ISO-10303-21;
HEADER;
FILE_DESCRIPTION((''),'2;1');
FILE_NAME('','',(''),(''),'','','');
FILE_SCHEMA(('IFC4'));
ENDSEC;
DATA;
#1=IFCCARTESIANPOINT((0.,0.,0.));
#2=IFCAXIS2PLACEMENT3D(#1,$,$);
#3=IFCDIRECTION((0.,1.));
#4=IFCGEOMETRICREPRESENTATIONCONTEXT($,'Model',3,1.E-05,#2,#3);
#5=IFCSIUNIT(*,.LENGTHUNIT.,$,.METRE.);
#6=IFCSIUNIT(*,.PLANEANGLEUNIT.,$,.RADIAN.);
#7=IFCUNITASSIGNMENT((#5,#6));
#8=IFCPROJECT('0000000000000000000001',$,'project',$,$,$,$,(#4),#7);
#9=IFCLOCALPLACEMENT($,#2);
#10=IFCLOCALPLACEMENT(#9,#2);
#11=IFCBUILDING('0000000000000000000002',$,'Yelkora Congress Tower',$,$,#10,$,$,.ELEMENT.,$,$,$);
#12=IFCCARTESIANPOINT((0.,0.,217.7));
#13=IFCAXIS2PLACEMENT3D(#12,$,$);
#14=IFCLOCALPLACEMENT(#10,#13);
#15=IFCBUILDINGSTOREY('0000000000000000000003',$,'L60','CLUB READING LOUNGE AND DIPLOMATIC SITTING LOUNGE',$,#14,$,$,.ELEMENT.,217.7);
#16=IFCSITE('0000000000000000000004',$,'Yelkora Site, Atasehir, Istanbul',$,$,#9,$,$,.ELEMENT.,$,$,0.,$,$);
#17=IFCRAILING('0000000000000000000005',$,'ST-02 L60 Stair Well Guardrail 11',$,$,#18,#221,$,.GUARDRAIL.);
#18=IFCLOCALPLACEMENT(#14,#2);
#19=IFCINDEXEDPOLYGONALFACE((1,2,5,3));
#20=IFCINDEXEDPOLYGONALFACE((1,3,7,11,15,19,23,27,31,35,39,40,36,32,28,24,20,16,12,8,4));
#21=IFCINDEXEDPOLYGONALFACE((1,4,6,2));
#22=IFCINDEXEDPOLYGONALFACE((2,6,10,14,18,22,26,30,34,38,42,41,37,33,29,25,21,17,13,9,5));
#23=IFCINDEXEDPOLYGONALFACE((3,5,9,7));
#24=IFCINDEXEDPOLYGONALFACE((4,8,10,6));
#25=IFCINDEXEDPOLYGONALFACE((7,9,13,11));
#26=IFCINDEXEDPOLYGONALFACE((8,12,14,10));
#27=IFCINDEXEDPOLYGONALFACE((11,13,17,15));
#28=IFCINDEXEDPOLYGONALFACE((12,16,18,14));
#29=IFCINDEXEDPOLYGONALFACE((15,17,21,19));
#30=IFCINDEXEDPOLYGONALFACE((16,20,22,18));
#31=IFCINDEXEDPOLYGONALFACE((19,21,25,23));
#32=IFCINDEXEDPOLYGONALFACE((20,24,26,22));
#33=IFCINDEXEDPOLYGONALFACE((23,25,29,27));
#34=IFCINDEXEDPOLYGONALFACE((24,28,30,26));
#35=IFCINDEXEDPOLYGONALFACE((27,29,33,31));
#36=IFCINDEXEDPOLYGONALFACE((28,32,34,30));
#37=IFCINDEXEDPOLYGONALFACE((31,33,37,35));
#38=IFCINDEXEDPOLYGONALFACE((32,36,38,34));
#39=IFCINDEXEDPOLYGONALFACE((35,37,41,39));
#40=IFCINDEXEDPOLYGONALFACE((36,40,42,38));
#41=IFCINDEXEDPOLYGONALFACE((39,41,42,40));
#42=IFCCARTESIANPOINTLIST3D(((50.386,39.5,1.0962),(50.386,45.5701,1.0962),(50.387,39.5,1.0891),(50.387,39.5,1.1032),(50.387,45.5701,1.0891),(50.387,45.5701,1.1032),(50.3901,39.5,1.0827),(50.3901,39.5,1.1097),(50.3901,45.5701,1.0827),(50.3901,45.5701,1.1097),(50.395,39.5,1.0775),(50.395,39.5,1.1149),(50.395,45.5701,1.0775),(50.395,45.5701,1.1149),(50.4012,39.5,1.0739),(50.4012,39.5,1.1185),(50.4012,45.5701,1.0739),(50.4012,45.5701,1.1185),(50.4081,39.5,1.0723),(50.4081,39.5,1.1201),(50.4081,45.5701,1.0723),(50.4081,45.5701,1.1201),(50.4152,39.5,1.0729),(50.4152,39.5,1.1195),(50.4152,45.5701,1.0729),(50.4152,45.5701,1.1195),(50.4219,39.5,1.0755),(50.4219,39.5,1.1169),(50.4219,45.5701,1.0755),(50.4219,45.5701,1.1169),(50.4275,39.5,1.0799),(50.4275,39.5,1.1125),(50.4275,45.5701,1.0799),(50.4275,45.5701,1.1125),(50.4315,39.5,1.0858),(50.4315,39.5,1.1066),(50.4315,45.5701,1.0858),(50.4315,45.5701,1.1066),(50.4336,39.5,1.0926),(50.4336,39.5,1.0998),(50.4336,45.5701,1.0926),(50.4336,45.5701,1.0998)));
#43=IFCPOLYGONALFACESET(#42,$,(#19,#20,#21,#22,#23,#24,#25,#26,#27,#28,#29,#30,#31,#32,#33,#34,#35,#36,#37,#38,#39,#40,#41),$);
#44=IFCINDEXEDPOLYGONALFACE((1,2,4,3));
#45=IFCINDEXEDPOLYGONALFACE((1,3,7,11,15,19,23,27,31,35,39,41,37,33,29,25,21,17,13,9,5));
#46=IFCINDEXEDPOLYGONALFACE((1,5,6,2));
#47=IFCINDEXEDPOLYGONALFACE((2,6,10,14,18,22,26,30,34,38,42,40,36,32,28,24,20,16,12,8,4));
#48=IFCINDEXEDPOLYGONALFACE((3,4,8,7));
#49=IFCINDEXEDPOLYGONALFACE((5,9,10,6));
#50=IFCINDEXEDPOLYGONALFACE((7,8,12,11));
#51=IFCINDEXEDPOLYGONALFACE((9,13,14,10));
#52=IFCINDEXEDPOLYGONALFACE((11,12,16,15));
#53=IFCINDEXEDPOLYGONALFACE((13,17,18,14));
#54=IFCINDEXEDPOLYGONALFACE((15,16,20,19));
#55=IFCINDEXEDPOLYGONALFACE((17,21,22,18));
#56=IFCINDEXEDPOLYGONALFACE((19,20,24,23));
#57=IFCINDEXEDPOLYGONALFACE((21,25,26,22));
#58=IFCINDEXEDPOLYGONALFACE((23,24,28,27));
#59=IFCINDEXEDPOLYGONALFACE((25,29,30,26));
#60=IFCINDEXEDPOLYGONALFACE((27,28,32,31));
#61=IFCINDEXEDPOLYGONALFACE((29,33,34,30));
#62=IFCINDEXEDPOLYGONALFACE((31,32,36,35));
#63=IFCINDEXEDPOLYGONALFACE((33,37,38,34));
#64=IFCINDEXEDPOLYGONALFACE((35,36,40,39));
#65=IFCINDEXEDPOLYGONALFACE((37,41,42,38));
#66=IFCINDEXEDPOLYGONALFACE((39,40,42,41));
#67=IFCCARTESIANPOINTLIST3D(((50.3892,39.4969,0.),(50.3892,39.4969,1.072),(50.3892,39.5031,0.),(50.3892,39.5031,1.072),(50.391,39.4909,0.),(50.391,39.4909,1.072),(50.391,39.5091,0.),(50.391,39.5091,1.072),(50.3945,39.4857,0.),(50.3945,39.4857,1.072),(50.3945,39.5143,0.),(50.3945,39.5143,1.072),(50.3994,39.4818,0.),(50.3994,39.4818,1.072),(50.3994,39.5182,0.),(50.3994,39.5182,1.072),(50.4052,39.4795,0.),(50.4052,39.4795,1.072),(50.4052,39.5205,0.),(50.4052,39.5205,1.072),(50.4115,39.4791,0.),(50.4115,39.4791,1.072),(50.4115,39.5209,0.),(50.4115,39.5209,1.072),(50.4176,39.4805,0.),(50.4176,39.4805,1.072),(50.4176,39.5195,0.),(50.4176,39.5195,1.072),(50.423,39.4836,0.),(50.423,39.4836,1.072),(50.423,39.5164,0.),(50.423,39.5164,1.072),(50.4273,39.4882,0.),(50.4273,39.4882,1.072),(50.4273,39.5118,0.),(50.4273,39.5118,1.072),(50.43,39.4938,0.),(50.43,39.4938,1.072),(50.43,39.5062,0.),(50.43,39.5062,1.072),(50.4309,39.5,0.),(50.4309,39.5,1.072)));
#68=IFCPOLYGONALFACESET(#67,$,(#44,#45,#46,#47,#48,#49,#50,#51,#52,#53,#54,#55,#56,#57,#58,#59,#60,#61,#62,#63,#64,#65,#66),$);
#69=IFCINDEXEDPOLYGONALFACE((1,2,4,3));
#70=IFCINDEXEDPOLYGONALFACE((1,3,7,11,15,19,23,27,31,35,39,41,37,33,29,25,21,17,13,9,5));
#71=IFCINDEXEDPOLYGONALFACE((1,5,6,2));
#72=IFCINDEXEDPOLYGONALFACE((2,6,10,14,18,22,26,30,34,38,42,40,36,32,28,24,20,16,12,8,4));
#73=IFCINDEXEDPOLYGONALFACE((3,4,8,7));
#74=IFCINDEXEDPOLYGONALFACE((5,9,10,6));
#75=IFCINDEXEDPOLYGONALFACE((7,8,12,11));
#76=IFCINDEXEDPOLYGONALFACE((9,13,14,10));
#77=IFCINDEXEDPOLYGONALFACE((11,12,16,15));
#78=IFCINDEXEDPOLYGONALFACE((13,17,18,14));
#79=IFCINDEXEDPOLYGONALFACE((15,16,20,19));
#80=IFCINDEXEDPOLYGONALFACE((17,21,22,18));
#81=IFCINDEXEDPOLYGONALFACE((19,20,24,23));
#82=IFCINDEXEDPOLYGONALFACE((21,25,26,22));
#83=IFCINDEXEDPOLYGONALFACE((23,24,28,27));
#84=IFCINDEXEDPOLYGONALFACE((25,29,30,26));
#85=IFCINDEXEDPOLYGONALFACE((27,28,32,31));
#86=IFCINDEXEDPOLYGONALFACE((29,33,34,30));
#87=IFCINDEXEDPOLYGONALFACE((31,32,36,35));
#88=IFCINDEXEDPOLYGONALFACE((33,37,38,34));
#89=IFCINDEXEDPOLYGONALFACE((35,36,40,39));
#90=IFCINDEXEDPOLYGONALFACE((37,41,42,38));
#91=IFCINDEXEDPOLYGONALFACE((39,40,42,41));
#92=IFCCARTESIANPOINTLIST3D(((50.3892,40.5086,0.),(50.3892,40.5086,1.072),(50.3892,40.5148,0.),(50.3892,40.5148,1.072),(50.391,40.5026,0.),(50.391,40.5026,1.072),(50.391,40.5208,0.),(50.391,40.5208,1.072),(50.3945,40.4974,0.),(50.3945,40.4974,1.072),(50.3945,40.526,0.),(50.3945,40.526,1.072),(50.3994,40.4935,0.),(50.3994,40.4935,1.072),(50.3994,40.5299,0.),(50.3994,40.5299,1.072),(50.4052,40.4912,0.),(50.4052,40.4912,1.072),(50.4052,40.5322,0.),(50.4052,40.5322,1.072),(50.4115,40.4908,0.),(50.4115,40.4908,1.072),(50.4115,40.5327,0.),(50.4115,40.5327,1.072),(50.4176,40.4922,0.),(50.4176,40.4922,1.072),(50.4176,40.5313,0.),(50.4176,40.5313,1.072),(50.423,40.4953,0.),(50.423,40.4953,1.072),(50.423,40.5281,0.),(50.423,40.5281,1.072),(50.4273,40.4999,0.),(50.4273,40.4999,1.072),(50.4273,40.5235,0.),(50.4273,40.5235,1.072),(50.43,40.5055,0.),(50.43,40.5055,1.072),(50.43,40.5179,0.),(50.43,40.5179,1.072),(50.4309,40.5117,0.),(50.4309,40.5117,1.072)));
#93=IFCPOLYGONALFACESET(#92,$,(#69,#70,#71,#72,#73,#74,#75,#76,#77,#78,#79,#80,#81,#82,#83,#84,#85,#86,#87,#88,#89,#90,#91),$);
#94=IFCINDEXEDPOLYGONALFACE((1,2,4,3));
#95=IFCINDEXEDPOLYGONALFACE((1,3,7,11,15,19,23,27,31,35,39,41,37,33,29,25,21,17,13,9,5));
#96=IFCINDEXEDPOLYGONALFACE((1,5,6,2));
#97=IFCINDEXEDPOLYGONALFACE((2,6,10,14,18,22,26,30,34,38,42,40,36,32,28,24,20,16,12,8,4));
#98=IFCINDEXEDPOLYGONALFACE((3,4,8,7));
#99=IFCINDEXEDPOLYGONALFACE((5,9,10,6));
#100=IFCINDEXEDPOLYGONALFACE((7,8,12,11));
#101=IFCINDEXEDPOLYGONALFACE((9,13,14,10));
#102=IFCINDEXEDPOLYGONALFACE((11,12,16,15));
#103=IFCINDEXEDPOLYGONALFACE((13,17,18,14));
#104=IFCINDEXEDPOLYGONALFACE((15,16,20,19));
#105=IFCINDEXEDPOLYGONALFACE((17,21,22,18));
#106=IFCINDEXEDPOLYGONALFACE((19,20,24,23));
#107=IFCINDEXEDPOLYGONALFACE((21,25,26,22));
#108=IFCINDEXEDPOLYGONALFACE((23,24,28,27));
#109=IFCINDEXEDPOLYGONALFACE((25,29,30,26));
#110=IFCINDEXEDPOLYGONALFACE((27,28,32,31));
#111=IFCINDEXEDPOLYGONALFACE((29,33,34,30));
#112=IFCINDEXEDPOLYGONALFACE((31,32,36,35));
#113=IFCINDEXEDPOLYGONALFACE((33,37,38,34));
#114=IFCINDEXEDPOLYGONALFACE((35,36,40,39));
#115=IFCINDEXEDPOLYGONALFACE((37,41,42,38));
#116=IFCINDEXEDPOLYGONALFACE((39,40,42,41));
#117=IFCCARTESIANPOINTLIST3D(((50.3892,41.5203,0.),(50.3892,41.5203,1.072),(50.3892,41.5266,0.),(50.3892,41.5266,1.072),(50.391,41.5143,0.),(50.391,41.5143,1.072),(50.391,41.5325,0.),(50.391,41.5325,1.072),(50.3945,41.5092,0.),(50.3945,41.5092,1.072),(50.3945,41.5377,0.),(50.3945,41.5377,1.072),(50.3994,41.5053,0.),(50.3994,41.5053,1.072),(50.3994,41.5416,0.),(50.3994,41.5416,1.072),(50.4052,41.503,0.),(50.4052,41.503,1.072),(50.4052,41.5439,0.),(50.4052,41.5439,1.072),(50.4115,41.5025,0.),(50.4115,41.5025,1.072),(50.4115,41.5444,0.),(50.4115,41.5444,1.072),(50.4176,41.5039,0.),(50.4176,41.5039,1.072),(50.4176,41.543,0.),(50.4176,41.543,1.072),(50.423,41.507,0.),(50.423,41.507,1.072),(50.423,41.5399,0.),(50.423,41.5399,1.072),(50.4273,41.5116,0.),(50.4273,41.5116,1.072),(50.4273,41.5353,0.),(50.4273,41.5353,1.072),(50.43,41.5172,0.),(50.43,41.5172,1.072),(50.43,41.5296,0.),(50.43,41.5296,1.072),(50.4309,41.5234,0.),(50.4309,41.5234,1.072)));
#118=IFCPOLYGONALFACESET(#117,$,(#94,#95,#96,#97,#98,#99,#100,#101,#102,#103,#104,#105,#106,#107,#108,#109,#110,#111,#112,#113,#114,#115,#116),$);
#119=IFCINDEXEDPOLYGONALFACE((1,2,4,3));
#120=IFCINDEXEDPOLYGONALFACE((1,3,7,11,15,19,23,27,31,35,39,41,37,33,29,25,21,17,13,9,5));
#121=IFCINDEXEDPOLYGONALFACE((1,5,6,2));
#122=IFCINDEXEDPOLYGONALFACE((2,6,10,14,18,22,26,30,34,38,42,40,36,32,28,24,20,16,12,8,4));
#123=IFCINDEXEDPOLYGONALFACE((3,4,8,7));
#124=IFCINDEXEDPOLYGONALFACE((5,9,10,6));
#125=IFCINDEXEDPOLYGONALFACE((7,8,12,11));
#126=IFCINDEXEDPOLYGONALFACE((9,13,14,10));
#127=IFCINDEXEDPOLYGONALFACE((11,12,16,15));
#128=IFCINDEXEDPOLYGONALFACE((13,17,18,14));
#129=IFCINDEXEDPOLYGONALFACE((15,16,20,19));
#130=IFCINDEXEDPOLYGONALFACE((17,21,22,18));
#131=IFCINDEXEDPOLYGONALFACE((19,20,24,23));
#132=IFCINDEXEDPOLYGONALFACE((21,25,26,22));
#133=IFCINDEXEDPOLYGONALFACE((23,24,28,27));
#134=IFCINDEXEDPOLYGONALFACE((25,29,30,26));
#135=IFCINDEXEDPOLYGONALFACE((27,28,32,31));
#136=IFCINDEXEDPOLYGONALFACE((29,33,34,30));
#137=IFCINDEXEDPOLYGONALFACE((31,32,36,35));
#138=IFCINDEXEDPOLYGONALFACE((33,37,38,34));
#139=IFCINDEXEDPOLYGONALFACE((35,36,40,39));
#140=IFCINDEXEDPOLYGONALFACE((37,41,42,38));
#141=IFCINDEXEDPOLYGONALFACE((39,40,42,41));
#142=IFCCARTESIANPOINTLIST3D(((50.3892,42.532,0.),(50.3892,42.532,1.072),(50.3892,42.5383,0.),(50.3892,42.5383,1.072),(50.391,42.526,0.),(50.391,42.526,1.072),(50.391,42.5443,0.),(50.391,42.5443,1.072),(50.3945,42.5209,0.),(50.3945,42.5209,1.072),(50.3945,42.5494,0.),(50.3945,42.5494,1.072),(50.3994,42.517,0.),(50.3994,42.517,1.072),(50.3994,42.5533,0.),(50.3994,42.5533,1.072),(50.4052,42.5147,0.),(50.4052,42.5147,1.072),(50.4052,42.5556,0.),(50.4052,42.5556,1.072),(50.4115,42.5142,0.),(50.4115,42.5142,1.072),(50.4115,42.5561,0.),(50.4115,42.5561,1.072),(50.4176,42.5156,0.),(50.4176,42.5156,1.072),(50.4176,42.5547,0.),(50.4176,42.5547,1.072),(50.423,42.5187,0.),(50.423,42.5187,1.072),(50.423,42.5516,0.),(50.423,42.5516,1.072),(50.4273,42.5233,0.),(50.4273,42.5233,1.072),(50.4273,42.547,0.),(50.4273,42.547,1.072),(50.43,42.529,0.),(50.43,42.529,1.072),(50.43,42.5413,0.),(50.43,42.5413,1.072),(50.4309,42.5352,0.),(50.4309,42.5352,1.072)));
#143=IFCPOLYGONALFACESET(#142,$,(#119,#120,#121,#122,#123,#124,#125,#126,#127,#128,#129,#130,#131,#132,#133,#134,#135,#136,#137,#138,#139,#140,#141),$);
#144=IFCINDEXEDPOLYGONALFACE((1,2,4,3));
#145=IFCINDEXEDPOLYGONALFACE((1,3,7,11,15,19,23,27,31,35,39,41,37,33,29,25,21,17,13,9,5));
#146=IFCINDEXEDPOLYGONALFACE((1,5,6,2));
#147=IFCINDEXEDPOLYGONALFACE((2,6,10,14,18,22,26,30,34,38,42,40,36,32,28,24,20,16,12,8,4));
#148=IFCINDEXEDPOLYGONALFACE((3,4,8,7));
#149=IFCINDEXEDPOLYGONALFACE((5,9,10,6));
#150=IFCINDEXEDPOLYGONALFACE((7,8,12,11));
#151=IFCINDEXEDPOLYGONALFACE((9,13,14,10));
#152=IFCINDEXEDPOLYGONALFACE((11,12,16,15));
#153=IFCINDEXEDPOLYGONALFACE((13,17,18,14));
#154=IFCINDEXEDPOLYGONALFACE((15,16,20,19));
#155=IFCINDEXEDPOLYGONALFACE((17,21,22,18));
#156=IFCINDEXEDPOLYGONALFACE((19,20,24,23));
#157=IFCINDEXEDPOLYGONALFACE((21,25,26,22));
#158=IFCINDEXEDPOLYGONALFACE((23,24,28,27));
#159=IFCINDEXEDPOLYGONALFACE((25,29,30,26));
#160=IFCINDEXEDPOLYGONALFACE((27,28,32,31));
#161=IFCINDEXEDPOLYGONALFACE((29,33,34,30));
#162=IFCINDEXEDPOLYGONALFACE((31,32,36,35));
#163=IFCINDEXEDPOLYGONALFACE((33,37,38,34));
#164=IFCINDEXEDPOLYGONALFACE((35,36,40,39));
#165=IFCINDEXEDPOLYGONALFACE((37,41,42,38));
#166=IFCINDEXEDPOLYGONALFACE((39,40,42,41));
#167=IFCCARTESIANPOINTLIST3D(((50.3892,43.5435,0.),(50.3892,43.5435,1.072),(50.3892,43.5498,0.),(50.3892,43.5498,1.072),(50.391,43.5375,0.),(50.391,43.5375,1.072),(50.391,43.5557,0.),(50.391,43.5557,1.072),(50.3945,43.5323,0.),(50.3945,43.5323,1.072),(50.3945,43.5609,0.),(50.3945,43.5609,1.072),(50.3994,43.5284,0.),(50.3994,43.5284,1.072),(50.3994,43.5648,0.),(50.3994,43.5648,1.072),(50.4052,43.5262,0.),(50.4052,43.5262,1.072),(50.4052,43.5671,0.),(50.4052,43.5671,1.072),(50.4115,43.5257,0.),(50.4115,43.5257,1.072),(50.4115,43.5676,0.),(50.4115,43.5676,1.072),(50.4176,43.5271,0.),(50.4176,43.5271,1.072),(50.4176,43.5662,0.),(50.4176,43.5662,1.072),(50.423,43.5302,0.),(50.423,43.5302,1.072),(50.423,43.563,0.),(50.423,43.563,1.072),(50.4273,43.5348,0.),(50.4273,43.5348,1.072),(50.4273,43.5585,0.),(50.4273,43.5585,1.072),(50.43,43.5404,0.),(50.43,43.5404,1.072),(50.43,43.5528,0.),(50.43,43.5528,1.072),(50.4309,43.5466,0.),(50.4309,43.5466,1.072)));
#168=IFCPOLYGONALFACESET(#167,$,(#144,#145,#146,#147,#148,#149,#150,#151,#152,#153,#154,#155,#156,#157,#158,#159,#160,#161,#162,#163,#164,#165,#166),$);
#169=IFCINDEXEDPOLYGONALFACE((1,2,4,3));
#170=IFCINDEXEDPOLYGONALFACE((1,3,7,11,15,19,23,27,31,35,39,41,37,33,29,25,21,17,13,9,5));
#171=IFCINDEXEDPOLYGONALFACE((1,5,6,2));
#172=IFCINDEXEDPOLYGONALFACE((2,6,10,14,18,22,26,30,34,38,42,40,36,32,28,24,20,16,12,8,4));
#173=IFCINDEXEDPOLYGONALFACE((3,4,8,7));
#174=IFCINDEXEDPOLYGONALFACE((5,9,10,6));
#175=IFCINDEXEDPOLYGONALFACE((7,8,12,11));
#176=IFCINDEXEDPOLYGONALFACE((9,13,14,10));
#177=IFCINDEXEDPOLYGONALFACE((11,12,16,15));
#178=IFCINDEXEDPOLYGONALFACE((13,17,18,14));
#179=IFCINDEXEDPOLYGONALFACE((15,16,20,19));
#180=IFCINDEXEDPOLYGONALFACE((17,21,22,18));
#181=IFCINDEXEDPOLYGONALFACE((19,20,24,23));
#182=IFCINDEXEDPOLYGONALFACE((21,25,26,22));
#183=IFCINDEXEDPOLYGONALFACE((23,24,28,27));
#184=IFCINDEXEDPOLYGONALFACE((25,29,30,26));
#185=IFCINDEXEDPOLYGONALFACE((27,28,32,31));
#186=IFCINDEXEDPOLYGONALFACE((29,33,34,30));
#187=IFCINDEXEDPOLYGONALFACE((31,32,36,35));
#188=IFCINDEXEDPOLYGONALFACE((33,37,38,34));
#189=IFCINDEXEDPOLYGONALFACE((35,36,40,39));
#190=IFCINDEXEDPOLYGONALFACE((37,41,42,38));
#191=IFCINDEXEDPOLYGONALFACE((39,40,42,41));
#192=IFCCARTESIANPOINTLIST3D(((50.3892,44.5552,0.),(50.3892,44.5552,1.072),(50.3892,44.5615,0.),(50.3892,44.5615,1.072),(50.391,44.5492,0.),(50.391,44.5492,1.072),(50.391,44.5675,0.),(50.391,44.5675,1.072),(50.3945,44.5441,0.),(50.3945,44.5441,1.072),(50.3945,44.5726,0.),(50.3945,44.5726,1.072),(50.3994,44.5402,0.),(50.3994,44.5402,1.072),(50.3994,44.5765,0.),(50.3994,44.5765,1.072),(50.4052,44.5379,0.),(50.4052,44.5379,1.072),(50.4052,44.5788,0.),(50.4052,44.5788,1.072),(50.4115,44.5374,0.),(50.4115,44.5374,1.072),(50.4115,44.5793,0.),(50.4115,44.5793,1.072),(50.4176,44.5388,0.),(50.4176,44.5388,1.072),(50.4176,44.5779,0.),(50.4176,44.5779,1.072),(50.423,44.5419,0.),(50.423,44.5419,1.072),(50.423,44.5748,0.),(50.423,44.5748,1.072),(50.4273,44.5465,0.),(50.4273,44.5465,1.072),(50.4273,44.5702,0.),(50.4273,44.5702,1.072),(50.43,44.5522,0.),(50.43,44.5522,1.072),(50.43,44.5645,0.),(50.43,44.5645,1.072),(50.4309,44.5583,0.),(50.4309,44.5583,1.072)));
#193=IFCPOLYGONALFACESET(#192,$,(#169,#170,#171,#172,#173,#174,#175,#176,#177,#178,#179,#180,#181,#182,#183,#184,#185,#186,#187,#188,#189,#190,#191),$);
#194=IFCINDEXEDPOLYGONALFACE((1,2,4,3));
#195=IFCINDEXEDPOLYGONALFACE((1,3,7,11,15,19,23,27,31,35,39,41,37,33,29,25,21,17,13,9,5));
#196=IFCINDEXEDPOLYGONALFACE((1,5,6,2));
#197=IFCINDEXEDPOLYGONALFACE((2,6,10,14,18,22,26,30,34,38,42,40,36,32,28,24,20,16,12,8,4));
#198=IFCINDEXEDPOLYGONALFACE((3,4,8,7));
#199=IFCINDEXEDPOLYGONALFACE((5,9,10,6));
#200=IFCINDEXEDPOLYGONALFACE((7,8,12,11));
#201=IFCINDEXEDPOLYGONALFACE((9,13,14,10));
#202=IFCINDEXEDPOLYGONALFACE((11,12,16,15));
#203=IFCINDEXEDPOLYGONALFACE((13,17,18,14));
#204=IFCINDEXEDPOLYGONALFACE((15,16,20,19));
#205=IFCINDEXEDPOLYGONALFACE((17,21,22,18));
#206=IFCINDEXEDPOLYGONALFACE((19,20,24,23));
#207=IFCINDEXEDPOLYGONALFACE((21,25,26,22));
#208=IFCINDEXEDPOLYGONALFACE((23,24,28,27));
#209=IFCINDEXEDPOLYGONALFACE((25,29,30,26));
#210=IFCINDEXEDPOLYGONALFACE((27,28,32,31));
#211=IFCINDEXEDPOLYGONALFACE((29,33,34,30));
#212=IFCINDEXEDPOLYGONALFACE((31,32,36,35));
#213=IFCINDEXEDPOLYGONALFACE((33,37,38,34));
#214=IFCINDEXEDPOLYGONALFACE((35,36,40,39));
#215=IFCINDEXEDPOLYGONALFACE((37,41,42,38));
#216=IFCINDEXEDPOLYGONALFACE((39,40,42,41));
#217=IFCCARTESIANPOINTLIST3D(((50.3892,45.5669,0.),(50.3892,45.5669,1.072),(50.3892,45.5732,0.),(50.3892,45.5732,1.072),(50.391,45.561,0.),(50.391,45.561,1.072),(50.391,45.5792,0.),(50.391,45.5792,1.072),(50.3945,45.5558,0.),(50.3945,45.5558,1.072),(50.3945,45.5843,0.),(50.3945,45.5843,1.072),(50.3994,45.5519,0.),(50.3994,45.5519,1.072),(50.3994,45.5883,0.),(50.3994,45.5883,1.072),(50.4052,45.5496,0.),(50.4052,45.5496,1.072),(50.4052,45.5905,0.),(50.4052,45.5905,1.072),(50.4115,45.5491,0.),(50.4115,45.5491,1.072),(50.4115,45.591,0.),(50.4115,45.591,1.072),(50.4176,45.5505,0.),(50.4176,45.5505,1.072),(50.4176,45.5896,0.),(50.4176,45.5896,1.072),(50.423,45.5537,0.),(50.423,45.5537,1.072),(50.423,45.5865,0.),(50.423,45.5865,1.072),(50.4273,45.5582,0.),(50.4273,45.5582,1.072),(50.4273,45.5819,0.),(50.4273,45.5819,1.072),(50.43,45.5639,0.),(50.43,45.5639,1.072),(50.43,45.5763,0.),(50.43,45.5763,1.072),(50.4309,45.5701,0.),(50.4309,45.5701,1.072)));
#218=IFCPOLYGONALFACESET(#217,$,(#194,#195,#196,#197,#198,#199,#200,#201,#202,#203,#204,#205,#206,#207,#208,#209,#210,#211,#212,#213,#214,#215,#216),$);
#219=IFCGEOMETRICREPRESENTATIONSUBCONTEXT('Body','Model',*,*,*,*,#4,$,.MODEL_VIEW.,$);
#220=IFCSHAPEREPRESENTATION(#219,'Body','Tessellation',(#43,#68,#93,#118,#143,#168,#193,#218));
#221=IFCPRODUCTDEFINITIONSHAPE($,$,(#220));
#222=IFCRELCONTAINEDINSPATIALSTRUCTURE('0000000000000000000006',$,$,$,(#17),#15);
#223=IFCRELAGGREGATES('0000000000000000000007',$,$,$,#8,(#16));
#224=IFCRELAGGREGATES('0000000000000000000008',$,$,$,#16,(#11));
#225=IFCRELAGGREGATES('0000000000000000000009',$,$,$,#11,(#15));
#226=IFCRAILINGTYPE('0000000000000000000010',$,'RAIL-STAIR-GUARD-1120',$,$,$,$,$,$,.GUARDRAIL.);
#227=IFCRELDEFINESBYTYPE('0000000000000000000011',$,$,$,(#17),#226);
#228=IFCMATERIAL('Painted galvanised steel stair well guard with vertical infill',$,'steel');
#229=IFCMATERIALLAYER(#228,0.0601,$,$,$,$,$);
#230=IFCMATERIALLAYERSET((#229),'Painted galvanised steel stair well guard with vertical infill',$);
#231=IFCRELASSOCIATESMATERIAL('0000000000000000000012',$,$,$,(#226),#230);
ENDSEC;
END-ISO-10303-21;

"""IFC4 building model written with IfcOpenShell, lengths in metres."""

from ifc_helpers import new_model, si_unit, direction, frame, origin, origin_2d, place, context, subcontext, project, spatial, circle, extrude, material, layer, layer_set, type_object, element, save


model = new_model("IFC4")

# Units and contexts
model_context = context("Model", 3, precision=1e-05, world=origin(), true_north=direction((0.0, 1.0)))
body_context = subcontext(model_context, "Body", "Model", "MODEL_VIEW")
ifc_project = project(units=[si_unit("LENGTHUNIT", "METRE"), si_unit("PLANEANGLEUNIT", "RADIAN")], contexts=[model_context])

# Site, building, storey
site_placement = place(None, origin())
site = spatial("IfcSite", under=ifc_project, at=site_placement, Name="Yelkora Site, Atasehir, Istanbul", CompositionType="ELEMENT", RefElevation=0.0)
building_placement = place(site_placement, origin())
building = spatial("IfcBuilding", under=site, at=building_placement, Name="Yelkora Congress Tower", CompositionType="ELEMENT")
storey_placement = place(building_placement, frame((0.0, 0.0, 217.7)))
storey = spatial("IfcBuildingStorey", under=building, at=storey_placement, Name="L60", Description="CLUB READING LOUNGE AND DIPLOMATIC SITTING LOUNGE", CompositionType="ELEMENT", Elevation=217.7)

# Railing
ifc_material_1 = material(Name="Painted galvanised steel stair well guard with vertical infill", Category="steel")
ifc_layer_1 = layer(ifc_material_1, 0.0601)
ifc_layer_set_1 = layer_set([ifc_layer_1], Name="Painted galvanised steel stair well guard with vertical infill")
railing_type_1 = type_object("IfcRailingType", Name="RAIL-STAIR-GUARD-1120", PredefinedType="GUARDRAIL", material=ifc_layer_set_1)
railing_1_placement = place(storey_placement, frame((50.4099, 39.5, 0.0)))
element("IfcRailing", 1, at=railing_1_placement, inside=storey, type_object=railing_type_1, Name="ST-02 L60 Stair Well Guardrail 11", PredefinedType="GUARDRAIL", context=body_context, shape_type="SweptSolid", body=[
    extrude(circle(Radius=0.0239, at=origin_2d()), frame((0.0, 0.0, 1.0962), z_axis=(0.0, 1.0, 0.0), x_axis=(-1.0, 0.0, 0.0)), (0.0, 0.0, 1.0), 6.0701),
    extrude(circle(Radius=0.021, at=origin_2d()), origin(), (0.0, 0.0, 1.0), 1.072),
    extrude(circle(Radius=0.021, at=origin_2d()), frame((0.0, 1.0117, 0.0)), (0.0, 0.0, 1.0), 1.072),
    extrude(circle(Radius=0.021, at=origin_2d()), frame((0.0, 2.0234, 0.0)), (0.0, 0.0, 1.0), 1.072),
    extrude(circle(Radius=0.021, at=origin_2d()), frame((0.0, 3.0352, 0.0)), (0.0, 0.0, 1.0), 1.072),
    extrude(circle(Radius=0.021, at=origin_2d()), frame((0.0, 4.0466, 0.0)), (0.0, 0.0, 1.0), 1.072),
    extrude(circle(Radius=0.021, at=origin_2d()), frame((0.0, 5.0583, 0.0)), (0.0, 0.0, 1.0), 1.072),
    extrude(circle(Radius=0.021, at=origin_2d()), frame((0.0, 6.0701, 0.0)), (0.0, 0.0, 1.0), 1.072),
])

save(model, "model.ifc")
